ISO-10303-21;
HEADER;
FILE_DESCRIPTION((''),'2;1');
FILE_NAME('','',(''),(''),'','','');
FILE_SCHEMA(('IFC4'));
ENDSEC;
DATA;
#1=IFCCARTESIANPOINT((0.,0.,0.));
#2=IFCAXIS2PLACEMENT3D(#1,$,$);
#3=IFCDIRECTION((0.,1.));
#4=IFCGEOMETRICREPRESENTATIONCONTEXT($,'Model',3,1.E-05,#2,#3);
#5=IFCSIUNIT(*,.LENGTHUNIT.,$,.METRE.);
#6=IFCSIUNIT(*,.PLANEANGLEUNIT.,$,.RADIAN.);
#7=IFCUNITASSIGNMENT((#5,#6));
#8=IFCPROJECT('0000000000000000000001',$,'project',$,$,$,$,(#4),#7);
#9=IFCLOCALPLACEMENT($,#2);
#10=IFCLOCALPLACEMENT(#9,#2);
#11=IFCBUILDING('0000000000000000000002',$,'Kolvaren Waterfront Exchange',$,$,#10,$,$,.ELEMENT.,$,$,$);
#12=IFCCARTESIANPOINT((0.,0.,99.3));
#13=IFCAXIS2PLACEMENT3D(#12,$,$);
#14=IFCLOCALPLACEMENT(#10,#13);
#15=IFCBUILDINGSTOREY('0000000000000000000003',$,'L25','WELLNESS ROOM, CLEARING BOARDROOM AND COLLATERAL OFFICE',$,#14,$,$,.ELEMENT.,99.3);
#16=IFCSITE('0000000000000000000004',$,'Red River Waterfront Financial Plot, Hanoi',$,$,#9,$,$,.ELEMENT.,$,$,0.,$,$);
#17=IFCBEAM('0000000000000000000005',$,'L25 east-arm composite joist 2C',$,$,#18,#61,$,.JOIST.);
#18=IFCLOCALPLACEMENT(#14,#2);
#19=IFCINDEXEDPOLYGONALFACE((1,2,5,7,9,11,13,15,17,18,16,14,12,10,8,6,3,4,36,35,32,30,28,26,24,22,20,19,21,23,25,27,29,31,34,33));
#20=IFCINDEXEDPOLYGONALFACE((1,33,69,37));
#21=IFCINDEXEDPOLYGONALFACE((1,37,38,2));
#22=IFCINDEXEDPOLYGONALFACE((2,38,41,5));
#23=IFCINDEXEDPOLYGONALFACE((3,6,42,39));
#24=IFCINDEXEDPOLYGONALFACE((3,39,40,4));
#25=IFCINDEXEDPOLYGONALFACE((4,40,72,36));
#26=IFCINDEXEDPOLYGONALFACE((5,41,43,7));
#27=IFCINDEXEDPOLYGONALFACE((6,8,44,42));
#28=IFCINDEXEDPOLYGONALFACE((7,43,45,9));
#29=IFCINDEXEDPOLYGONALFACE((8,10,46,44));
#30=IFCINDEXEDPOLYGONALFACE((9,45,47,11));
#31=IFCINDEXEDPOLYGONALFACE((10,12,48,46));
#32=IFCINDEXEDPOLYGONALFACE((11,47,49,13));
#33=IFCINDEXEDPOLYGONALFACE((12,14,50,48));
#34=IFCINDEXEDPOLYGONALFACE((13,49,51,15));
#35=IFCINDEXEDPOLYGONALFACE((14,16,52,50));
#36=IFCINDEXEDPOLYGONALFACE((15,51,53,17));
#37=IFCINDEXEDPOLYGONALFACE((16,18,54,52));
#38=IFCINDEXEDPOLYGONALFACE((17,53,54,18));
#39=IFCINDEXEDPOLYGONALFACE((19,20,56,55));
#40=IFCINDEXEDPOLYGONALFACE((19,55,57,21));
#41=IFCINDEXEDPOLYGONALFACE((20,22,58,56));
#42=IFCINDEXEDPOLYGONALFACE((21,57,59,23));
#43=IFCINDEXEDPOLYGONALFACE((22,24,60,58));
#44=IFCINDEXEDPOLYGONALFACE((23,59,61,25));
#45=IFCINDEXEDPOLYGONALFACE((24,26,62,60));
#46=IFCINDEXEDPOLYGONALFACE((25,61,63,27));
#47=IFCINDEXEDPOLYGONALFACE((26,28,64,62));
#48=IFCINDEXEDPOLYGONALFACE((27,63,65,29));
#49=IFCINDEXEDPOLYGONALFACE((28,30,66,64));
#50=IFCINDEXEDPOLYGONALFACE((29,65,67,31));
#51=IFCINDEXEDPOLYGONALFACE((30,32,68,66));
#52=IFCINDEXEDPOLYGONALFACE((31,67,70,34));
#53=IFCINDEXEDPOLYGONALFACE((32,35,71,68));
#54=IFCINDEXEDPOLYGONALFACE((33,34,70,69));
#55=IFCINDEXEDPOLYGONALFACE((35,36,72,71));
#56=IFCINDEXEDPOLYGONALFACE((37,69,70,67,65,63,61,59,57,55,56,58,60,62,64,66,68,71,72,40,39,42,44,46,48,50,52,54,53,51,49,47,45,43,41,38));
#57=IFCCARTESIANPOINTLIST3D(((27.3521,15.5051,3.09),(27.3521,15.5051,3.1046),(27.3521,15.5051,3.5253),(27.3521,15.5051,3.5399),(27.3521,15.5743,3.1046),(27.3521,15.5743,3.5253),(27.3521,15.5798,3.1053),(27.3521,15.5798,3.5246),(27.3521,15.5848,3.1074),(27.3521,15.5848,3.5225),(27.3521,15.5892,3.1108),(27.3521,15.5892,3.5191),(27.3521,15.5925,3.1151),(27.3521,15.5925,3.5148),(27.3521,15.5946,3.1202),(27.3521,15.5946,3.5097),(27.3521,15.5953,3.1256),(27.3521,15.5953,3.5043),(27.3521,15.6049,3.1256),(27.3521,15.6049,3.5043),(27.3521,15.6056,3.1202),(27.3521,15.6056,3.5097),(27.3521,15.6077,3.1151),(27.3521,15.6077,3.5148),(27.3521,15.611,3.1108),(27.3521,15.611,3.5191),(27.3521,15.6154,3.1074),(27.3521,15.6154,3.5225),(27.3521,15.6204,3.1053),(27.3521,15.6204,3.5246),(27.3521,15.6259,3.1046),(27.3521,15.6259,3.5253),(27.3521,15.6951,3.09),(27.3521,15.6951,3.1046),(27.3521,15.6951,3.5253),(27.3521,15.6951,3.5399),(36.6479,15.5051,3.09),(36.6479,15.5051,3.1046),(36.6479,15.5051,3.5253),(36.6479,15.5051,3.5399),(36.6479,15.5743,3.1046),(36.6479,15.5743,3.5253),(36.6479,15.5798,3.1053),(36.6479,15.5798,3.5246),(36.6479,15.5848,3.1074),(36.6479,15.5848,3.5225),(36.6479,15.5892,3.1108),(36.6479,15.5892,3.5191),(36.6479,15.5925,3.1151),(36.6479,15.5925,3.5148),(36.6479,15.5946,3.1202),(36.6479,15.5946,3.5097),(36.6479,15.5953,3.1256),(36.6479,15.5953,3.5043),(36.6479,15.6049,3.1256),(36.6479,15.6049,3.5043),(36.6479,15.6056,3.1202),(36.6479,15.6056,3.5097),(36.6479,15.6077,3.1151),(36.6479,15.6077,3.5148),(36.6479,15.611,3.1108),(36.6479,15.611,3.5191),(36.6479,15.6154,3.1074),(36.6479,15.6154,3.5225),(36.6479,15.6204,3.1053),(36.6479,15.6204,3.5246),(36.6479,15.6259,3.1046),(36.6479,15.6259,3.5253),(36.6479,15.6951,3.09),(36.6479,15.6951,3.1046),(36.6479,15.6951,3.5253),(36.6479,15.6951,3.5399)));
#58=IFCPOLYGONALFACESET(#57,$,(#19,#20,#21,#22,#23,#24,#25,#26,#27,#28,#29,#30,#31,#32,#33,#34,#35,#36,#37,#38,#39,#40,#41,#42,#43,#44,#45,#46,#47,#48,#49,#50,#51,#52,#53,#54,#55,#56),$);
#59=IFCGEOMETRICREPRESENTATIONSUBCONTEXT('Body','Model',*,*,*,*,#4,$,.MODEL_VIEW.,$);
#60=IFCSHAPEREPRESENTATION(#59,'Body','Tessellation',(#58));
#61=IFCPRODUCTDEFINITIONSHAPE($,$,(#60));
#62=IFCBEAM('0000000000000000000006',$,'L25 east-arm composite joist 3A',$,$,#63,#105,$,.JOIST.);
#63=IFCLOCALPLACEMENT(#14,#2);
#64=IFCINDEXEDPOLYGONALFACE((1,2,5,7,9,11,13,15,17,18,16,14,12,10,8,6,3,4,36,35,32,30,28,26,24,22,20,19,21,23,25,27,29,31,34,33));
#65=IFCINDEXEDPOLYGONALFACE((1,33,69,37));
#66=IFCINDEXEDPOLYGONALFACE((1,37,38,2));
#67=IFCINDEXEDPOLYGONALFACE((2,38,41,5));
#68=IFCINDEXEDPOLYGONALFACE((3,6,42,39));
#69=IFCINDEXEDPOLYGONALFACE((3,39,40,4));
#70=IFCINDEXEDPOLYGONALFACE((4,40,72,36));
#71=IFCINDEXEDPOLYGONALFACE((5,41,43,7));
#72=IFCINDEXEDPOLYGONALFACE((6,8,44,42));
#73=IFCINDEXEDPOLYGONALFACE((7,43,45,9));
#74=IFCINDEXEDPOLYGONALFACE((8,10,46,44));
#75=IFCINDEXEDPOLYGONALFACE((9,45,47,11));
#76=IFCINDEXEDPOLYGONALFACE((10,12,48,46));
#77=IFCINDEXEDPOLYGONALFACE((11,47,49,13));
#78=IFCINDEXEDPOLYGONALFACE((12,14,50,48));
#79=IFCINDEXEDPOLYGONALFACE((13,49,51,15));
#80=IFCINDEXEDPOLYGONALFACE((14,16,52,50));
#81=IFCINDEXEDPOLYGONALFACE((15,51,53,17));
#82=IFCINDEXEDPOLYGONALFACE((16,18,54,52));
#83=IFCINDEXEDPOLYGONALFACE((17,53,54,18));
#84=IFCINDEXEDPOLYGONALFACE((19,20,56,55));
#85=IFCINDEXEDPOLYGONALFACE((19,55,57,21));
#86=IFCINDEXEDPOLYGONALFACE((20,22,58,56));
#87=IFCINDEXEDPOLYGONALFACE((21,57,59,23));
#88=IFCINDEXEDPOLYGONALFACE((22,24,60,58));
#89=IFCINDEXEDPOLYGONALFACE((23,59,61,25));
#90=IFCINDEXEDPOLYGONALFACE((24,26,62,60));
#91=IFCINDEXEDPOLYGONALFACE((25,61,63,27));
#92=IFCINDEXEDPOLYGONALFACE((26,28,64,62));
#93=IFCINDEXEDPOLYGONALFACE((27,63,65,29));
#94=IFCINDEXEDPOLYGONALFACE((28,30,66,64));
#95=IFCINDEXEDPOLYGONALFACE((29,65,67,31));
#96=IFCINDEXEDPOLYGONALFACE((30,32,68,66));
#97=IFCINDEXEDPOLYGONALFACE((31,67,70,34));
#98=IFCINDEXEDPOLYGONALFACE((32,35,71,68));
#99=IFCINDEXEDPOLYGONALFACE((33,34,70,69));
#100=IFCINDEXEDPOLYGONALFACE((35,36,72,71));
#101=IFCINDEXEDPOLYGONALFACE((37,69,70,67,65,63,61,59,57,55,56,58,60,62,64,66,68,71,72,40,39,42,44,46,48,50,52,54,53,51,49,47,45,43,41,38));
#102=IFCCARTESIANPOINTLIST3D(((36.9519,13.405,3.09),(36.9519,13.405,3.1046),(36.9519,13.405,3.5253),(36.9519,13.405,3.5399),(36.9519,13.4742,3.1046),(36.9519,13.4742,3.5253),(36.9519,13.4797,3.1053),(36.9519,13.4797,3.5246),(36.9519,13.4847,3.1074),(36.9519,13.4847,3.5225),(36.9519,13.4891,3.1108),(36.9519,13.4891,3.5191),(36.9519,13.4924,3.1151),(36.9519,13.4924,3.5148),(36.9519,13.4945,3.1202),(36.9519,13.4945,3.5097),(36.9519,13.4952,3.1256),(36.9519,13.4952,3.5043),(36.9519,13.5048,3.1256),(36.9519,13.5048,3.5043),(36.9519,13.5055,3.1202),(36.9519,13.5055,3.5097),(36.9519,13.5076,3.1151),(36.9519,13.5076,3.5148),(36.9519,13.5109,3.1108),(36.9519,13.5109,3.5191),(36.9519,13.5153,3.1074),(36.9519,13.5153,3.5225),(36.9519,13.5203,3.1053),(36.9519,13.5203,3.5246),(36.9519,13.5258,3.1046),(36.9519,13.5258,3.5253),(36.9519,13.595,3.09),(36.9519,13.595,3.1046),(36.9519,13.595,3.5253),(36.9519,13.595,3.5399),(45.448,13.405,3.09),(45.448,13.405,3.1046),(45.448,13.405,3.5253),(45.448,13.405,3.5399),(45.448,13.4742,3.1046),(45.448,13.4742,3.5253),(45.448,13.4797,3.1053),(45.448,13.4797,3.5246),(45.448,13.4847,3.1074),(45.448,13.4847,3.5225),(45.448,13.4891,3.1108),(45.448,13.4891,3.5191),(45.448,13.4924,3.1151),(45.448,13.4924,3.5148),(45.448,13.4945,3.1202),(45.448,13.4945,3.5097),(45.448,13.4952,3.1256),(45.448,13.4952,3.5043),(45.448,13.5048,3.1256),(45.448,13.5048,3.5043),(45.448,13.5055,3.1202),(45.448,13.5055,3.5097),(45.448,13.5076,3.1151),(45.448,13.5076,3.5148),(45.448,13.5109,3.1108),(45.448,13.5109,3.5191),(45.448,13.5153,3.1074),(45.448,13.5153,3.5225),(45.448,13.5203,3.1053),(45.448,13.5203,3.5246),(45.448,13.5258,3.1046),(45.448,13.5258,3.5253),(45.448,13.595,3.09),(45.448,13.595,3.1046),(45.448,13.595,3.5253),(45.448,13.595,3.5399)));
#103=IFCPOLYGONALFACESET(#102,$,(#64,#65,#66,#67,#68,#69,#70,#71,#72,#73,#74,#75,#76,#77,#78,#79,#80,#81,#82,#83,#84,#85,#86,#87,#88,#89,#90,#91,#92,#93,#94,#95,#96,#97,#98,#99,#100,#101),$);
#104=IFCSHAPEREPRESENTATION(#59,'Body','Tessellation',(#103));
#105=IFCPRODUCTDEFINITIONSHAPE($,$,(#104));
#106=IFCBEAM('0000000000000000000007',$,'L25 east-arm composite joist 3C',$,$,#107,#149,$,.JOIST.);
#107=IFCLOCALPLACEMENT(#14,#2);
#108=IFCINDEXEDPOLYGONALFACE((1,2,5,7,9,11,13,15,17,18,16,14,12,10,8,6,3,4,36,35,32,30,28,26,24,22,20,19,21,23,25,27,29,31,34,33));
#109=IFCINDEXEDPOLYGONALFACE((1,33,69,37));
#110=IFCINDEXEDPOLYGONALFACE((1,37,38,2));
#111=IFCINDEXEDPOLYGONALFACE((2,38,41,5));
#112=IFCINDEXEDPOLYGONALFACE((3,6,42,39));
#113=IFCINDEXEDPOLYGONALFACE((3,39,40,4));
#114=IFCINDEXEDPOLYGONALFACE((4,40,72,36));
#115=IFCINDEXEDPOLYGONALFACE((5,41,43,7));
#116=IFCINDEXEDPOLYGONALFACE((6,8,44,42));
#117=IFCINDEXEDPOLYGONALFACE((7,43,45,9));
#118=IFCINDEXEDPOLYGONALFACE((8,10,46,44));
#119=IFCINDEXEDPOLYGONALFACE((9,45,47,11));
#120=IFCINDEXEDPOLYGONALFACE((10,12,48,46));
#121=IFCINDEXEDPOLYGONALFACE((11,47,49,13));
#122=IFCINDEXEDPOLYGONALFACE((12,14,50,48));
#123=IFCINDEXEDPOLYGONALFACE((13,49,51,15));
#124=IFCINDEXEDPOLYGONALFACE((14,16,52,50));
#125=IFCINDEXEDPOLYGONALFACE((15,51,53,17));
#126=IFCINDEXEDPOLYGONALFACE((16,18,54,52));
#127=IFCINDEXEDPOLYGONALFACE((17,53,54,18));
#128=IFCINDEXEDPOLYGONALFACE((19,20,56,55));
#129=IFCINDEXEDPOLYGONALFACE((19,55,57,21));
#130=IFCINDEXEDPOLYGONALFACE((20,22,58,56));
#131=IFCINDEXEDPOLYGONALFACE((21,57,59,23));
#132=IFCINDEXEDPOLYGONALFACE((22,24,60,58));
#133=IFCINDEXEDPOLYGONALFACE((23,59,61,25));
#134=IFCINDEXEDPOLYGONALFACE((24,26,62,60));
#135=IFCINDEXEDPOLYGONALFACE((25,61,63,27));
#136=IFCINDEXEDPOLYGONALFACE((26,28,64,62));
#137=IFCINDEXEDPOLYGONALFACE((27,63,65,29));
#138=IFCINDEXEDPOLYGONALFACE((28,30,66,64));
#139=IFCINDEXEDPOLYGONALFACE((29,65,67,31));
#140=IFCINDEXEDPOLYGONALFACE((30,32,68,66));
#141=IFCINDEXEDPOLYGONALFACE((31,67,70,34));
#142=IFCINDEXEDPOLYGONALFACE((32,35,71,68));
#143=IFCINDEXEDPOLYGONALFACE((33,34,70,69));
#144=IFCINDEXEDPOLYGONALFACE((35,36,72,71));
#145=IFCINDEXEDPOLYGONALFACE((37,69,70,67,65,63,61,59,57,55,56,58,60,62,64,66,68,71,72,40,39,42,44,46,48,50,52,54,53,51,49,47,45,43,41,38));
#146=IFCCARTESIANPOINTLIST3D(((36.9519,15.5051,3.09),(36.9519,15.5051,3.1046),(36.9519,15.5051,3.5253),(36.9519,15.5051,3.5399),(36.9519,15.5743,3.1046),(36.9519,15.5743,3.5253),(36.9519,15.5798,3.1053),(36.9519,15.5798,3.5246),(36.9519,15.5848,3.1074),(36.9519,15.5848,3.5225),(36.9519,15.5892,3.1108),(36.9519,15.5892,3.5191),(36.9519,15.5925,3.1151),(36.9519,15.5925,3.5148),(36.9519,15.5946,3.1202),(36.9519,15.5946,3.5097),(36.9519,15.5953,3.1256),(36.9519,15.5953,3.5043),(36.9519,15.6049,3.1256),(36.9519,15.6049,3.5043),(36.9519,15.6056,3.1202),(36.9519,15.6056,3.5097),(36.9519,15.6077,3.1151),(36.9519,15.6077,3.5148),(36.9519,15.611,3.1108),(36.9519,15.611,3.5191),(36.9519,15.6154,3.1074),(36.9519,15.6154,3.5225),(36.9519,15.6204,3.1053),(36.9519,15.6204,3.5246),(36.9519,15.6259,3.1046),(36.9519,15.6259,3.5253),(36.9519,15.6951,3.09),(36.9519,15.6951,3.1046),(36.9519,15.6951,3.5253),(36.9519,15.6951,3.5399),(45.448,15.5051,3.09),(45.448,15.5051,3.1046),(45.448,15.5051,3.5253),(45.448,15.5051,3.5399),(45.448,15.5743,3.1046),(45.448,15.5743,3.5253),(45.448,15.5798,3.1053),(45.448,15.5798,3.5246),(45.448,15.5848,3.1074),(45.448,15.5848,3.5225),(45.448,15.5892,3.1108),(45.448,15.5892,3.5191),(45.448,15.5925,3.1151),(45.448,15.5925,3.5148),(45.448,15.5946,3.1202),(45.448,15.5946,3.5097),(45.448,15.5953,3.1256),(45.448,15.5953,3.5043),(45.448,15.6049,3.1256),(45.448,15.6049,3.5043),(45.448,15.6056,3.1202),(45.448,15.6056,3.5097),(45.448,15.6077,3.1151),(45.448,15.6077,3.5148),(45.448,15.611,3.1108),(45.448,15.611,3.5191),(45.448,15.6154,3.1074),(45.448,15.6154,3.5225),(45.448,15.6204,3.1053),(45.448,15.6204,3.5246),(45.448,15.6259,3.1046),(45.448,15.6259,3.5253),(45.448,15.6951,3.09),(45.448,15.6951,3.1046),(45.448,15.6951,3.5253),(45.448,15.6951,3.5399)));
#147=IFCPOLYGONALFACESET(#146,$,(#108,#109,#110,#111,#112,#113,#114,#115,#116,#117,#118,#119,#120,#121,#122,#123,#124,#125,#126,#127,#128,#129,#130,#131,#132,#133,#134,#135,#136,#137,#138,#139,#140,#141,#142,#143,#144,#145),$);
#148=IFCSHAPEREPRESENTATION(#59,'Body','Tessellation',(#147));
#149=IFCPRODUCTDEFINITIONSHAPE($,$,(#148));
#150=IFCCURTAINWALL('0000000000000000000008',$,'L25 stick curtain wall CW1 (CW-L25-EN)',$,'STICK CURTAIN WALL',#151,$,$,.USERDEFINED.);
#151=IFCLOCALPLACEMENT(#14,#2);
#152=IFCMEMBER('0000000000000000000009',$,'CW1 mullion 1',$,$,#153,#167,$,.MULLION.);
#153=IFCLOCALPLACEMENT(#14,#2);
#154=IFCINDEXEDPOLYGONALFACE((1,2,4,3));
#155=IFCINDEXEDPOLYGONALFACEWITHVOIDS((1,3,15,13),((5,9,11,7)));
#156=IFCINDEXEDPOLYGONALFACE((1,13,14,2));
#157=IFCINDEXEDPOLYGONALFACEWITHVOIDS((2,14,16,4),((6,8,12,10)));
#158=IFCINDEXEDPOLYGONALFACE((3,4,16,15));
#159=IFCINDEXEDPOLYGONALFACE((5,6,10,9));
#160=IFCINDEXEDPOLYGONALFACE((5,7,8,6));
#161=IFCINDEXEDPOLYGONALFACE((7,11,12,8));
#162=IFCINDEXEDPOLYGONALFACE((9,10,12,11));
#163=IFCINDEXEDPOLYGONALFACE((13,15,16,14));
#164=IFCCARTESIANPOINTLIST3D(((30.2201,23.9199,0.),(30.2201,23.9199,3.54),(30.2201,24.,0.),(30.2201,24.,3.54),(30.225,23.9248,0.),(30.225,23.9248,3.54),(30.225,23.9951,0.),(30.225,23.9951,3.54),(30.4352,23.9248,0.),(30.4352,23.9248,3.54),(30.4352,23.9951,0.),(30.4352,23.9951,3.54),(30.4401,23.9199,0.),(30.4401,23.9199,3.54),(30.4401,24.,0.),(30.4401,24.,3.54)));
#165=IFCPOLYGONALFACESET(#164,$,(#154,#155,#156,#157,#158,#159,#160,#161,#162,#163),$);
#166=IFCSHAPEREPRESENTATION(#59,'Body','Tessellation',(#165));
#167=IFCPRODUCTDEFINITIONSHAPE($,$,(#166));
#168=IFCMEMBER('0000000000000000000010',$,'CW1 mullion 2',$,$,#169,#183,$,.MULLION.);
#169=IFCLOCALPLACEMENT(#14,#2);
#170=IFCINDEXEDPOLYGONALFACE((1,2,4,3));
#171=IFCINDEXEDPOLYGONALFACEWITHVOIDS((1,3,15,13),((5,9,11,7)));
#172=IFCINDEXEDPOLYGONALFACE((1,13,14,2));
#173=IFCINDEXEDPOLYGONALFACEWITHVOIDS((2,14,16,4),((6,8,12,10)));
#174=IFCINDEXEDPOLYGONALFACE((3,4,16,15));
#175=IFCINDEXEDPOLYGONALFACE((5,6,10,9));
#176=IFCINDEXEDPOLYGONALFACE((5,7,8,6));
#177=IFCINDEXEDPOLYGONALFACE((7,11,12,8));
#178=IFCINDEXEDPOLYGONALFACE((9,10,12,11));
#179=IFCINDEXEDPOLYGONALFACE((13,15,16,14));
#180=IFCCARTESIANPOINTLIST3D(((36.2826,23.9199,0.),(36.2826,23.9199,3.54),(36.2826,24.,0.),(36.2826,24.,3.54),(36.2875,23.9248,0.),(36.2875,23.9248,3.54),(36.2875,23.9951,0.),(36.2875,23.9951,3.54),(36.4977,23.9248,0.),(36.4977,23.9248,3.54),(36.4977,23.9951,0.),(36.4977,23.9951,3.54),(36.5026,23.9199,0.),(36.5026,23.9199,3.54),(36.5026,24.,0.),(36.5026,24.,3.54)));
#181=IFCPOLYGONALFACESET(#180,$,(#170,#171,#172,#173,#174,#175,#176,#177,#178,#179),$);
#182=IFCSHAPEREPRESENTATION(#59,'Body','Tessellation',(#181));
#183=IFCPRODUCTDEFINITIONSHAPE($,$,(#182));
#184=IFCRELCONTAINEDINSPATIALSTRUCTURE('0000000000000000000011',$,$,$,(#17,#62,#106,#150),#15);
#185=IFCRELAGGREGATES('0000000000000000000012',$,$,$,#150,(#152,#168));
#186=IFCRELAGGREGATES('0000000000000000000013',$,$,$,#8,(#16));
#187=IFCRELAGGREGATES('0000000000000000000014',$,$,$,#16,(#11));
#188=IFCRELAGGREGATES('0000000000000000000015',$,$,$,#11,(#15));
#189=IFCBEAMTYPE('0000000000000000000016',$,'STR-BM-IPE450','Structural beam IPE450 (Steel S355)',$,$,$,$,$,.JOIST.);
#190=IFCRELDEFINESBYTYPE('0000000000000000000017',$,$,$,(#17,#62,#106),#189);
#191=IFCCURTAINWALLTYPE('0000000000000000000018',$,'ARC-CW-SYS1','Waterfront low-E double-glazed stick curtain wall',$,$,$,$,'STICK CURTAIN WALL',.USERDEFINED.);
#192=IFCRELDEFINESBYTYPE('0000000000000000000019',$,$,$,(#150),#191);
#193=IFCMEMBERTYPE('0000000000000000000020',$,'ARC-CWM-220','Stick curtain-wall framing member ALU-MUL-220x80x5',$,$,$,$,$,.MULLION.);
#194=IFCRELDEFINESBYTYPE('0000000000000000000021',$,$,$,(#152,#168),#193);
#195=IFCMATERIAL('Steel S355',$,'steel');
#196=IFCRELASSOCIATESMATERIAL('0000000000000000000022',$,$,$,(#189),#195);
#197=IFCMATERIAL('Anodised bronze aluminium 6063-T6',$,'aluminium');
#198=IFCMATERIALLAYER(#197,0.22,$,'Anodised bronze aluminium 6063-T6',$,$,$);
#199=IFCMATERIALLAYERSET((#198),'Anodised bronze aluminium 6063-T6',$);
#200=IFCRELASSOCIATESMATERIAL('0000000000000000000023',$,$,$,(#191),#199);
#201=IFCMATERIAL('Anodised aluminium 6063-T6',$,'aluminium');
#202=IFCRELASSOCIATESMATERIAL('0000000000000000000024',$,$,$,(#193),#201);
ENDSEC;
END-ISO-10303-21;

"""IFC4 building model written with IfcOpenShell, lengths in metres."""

from ifc_helpers import new_model, si_unit, direction, frame, origin, origin_with_axes, origin_2d, place, context, subcontext, project, spatial, hollow_rectangle, i_section, extrude, source, transform, mapped, material, layer, layer_set, material_profile, profile_set, type_object, element, aggregate, save


model = new_model("IFC4")

# Units and contexts
model_context = context("Model", 3, precision=1e-05, world=origin(), true_north=direction((0.0, 1.0)))
body_context = subcontext(model_context, "Body", "Model", "MODEL_VIEW")
ifc_project = project(units=[si_unit("LENGTHUNIT", "METRE"), si_unit("PLANEANGLEUNIT", "RADIAN")], contexts=[model_context])

# Site, building, storey
site_placement = place(None, origin())
site = spatial("IfcSite", under=ifc_project, at=site_placement, Name="Red River Waterfront Financial Plot, Hanoi", CompositionType="ELEMENT", RefElevation=0.0)
building_placement = place(site_placement, origin())
building = spatial("IfcBuilding", under=site, at=building_placement, Name="Kolvaren Waterfront Exchange", CompositionType="ELEMENT")
storey_placement = place(building_placement, frame((0.0, 0.0, 99.3)))
storey = spatial("IfcBuildingStorey", under=building, at=storey_placement, Name="L25", Description="WELLNESS ROOM, CLEARING BOARDROOM AND COLLATERAL OFFICE", CompositionType="ELEMENT", Elevation=99.3)

# Beams
ifc_material_1 = material(Name="Steel S355", Category="steel")
ifc_material_profile_1 = material_profile(ifc_material_1, i_section(OverallWidth=0.1899, OverallDepth=0.45, WebThickness=0.0095, FlangeThickness=0.0146, FilletRadius=0.021, at=origin_2d()), Name="IPE450")
ifc_profile_set_1 = profile_set([ifc_material_profile_1], Name="Steel S355")
beam_type_1 = type_object("IfcBeamType", Name="STR-BM-IPE450", Description="Structural beam IPE450 (Steel S355)", PredefinedType="JOIST", material=ifc_profile_set_1)
for number, where, z_axis, x_axis, name in (
    (1, (27.3521, 15.6001, 3.3149), (1.0, 0.0, 0.0), (0.0, 1.0, 0.0), "L25 east-arm composite joist 2C"),
):
    element("IfcBeam", number, at=place(storey_placement, frame(where, z_axis=z_axis, x_axis=x_axis)), inside=storey, type_object=beam_type_1, Name=name, PredefinedType="JOIST", context=body_context, shape_type="SweptSolid", body=[
        extrude(i_section(OverallWidth=0.1899, OverallDepth=0.45, WebThickness=0.0095, FlangeThickness=0.0146, FilletRadius=0.021, at=origin_2d()), origin(), (0.0, 0.0, 1.0), 9.2959),
    ])
for number, where, z_axis, x_axis, name in (
    (2, (36.9519, 13.5, 3.3149), (1.0, 0.0, 0.0), (0.0, 1.0, 0.0), "L25 east-arm composite joist 3A"),
    (3, (36.9519, 15.6001, 3.3149), (1.0, 0.0, 0.0), (0.0, 1.0, 0.0), "L25 east-arm composite joist 3C"),
):
    element("IfcBeam", number, at=place(storey_placement, frame(where, z_axis=z_axis, x_axis=x_axis)), inside=storey, type_object=beam_type_1, Name=name, PredefinedType="JOIST", context=body_context, shape_type="SweptSolid", body=[
        extrude(i_section(OverallWidth=0.1899, OverallDepth=0.45, WebThickness=0.0095, FlangeThickness=0.0146, FilletRadius=0.021, at=origin_2d()), origin(), (0.0, 0.0, 1.0), 8.4961),
    ])

# Curtain wall, members
ifc_material_2 = material(Name="Anodised bronze aluminium 6063-T6", Category="aluminium")
ifc_layer_1 = layer(ifc_material_2, 0.22, Name="Anodised bronze aluminium 6063-T6")
ifc_layer_set_1 = layer_set([ifc_layer_1], Name="Anodised bronze aluminium 6063-T6")
curtain_wall_type = type_object("IfcCurtainWallType", Name="ARC-CW-SYS1", Description="Waterfront low-E double-glazed stick curtain wall", ElementType="STICK CURTAIN WALL", PredefinedType="USERDEFINED", material=ifc_layer_set_1)
curtain_wall_placement = place(storey_placement, origin())
curtain_wall = element("IfcCurtainWall", 4, at=curtain_wall_placement, inside=storey, type_object=curtain_wall_type, Name="L25 stick curtain wall CW1 (CW-L25-EN)", ObjectType="STICK CURTAIN WALL", PredefinedType="USERDEFINED")
ifc_material_3 = material(Name="Anodised aluminium 6063-T6", Category="aluminium")
ifc_material_profile_2 = material_profile(ifc_material_3, hollow_rectangle(XDim=0.0801, YDim=0.22, WallThickness=0.0049, at=origin_2d()), Name="ALU-MUL-220x80x5")
ifc_profile_set_2 = profile_set([ifc_material_profile_2], Name="Anodised aluminium 6063-T6")
member_type_1 = type_object("IfcMemberType", Name="ARC-CWM-220", Description="Stick curtain-wall framing member ALU-MUL-220x80x5", PredefinedType="MULLION", material=ifc_profile_set_2)
shared_shape_1 = source(origin_with_axes(), body_context, "Body", "SweptSolid", [
    extrude(hollow_rectangle(XDim=0.0801, YDim=0.22, WallThickness=0.0049, at=origin_2d()), origin(), (0.0, 0.0, 1.0), 3.54),
])
member_1_placement = place(storey_placement, frame((30.3301, 23.96, 0.0), z_axis=(0.0, 0.0, 1.0), x_axis=(0.0, 1.0, 0.0)))
member_1 = element("IfcMember", 5, at=member_1_placement, type_object=member_type_1, Name="CW1 mullion 1", PredefinedType="MULLION", context=body_context, shape_type="MappedRepresentation", body=[
    mapped(shared_shape_1, transform((0.0, 0.0, 0.0), x_axis=(1.0, 0.0, 0.0), y_axis=(0.0, 1.0, 0.0), z_axis=(0.0, 0.0, 1.0), scale=1.0)),
])
member_2_placement = place(storey_placement, frame((36.3926, 23.96, 0.0), z_axis=(0.0, 0.0, 1.0), x_axis=(0.0, 1.0, 0.0)))
member_2 = element("IfcMember", 6, at=member_2_placement, type_object=member_type_1, Name="CW1 mullion 2", PredefinedType="MULLION", context=body_context, shape_type="MappedRepresentation", body=[
    mapped(shared_shape_1, transform((0.0, 0.0, 0.0), x_axis=(1.0, 0.0, 0.0), y_axis=(0.0, 1.0, 0.0), z_axis=(0.0, 0.0, 1.0), scale=1.0)),
])
aggregate(curtain_wall, [member_1, member_2])

save(model, "model.ifc")
